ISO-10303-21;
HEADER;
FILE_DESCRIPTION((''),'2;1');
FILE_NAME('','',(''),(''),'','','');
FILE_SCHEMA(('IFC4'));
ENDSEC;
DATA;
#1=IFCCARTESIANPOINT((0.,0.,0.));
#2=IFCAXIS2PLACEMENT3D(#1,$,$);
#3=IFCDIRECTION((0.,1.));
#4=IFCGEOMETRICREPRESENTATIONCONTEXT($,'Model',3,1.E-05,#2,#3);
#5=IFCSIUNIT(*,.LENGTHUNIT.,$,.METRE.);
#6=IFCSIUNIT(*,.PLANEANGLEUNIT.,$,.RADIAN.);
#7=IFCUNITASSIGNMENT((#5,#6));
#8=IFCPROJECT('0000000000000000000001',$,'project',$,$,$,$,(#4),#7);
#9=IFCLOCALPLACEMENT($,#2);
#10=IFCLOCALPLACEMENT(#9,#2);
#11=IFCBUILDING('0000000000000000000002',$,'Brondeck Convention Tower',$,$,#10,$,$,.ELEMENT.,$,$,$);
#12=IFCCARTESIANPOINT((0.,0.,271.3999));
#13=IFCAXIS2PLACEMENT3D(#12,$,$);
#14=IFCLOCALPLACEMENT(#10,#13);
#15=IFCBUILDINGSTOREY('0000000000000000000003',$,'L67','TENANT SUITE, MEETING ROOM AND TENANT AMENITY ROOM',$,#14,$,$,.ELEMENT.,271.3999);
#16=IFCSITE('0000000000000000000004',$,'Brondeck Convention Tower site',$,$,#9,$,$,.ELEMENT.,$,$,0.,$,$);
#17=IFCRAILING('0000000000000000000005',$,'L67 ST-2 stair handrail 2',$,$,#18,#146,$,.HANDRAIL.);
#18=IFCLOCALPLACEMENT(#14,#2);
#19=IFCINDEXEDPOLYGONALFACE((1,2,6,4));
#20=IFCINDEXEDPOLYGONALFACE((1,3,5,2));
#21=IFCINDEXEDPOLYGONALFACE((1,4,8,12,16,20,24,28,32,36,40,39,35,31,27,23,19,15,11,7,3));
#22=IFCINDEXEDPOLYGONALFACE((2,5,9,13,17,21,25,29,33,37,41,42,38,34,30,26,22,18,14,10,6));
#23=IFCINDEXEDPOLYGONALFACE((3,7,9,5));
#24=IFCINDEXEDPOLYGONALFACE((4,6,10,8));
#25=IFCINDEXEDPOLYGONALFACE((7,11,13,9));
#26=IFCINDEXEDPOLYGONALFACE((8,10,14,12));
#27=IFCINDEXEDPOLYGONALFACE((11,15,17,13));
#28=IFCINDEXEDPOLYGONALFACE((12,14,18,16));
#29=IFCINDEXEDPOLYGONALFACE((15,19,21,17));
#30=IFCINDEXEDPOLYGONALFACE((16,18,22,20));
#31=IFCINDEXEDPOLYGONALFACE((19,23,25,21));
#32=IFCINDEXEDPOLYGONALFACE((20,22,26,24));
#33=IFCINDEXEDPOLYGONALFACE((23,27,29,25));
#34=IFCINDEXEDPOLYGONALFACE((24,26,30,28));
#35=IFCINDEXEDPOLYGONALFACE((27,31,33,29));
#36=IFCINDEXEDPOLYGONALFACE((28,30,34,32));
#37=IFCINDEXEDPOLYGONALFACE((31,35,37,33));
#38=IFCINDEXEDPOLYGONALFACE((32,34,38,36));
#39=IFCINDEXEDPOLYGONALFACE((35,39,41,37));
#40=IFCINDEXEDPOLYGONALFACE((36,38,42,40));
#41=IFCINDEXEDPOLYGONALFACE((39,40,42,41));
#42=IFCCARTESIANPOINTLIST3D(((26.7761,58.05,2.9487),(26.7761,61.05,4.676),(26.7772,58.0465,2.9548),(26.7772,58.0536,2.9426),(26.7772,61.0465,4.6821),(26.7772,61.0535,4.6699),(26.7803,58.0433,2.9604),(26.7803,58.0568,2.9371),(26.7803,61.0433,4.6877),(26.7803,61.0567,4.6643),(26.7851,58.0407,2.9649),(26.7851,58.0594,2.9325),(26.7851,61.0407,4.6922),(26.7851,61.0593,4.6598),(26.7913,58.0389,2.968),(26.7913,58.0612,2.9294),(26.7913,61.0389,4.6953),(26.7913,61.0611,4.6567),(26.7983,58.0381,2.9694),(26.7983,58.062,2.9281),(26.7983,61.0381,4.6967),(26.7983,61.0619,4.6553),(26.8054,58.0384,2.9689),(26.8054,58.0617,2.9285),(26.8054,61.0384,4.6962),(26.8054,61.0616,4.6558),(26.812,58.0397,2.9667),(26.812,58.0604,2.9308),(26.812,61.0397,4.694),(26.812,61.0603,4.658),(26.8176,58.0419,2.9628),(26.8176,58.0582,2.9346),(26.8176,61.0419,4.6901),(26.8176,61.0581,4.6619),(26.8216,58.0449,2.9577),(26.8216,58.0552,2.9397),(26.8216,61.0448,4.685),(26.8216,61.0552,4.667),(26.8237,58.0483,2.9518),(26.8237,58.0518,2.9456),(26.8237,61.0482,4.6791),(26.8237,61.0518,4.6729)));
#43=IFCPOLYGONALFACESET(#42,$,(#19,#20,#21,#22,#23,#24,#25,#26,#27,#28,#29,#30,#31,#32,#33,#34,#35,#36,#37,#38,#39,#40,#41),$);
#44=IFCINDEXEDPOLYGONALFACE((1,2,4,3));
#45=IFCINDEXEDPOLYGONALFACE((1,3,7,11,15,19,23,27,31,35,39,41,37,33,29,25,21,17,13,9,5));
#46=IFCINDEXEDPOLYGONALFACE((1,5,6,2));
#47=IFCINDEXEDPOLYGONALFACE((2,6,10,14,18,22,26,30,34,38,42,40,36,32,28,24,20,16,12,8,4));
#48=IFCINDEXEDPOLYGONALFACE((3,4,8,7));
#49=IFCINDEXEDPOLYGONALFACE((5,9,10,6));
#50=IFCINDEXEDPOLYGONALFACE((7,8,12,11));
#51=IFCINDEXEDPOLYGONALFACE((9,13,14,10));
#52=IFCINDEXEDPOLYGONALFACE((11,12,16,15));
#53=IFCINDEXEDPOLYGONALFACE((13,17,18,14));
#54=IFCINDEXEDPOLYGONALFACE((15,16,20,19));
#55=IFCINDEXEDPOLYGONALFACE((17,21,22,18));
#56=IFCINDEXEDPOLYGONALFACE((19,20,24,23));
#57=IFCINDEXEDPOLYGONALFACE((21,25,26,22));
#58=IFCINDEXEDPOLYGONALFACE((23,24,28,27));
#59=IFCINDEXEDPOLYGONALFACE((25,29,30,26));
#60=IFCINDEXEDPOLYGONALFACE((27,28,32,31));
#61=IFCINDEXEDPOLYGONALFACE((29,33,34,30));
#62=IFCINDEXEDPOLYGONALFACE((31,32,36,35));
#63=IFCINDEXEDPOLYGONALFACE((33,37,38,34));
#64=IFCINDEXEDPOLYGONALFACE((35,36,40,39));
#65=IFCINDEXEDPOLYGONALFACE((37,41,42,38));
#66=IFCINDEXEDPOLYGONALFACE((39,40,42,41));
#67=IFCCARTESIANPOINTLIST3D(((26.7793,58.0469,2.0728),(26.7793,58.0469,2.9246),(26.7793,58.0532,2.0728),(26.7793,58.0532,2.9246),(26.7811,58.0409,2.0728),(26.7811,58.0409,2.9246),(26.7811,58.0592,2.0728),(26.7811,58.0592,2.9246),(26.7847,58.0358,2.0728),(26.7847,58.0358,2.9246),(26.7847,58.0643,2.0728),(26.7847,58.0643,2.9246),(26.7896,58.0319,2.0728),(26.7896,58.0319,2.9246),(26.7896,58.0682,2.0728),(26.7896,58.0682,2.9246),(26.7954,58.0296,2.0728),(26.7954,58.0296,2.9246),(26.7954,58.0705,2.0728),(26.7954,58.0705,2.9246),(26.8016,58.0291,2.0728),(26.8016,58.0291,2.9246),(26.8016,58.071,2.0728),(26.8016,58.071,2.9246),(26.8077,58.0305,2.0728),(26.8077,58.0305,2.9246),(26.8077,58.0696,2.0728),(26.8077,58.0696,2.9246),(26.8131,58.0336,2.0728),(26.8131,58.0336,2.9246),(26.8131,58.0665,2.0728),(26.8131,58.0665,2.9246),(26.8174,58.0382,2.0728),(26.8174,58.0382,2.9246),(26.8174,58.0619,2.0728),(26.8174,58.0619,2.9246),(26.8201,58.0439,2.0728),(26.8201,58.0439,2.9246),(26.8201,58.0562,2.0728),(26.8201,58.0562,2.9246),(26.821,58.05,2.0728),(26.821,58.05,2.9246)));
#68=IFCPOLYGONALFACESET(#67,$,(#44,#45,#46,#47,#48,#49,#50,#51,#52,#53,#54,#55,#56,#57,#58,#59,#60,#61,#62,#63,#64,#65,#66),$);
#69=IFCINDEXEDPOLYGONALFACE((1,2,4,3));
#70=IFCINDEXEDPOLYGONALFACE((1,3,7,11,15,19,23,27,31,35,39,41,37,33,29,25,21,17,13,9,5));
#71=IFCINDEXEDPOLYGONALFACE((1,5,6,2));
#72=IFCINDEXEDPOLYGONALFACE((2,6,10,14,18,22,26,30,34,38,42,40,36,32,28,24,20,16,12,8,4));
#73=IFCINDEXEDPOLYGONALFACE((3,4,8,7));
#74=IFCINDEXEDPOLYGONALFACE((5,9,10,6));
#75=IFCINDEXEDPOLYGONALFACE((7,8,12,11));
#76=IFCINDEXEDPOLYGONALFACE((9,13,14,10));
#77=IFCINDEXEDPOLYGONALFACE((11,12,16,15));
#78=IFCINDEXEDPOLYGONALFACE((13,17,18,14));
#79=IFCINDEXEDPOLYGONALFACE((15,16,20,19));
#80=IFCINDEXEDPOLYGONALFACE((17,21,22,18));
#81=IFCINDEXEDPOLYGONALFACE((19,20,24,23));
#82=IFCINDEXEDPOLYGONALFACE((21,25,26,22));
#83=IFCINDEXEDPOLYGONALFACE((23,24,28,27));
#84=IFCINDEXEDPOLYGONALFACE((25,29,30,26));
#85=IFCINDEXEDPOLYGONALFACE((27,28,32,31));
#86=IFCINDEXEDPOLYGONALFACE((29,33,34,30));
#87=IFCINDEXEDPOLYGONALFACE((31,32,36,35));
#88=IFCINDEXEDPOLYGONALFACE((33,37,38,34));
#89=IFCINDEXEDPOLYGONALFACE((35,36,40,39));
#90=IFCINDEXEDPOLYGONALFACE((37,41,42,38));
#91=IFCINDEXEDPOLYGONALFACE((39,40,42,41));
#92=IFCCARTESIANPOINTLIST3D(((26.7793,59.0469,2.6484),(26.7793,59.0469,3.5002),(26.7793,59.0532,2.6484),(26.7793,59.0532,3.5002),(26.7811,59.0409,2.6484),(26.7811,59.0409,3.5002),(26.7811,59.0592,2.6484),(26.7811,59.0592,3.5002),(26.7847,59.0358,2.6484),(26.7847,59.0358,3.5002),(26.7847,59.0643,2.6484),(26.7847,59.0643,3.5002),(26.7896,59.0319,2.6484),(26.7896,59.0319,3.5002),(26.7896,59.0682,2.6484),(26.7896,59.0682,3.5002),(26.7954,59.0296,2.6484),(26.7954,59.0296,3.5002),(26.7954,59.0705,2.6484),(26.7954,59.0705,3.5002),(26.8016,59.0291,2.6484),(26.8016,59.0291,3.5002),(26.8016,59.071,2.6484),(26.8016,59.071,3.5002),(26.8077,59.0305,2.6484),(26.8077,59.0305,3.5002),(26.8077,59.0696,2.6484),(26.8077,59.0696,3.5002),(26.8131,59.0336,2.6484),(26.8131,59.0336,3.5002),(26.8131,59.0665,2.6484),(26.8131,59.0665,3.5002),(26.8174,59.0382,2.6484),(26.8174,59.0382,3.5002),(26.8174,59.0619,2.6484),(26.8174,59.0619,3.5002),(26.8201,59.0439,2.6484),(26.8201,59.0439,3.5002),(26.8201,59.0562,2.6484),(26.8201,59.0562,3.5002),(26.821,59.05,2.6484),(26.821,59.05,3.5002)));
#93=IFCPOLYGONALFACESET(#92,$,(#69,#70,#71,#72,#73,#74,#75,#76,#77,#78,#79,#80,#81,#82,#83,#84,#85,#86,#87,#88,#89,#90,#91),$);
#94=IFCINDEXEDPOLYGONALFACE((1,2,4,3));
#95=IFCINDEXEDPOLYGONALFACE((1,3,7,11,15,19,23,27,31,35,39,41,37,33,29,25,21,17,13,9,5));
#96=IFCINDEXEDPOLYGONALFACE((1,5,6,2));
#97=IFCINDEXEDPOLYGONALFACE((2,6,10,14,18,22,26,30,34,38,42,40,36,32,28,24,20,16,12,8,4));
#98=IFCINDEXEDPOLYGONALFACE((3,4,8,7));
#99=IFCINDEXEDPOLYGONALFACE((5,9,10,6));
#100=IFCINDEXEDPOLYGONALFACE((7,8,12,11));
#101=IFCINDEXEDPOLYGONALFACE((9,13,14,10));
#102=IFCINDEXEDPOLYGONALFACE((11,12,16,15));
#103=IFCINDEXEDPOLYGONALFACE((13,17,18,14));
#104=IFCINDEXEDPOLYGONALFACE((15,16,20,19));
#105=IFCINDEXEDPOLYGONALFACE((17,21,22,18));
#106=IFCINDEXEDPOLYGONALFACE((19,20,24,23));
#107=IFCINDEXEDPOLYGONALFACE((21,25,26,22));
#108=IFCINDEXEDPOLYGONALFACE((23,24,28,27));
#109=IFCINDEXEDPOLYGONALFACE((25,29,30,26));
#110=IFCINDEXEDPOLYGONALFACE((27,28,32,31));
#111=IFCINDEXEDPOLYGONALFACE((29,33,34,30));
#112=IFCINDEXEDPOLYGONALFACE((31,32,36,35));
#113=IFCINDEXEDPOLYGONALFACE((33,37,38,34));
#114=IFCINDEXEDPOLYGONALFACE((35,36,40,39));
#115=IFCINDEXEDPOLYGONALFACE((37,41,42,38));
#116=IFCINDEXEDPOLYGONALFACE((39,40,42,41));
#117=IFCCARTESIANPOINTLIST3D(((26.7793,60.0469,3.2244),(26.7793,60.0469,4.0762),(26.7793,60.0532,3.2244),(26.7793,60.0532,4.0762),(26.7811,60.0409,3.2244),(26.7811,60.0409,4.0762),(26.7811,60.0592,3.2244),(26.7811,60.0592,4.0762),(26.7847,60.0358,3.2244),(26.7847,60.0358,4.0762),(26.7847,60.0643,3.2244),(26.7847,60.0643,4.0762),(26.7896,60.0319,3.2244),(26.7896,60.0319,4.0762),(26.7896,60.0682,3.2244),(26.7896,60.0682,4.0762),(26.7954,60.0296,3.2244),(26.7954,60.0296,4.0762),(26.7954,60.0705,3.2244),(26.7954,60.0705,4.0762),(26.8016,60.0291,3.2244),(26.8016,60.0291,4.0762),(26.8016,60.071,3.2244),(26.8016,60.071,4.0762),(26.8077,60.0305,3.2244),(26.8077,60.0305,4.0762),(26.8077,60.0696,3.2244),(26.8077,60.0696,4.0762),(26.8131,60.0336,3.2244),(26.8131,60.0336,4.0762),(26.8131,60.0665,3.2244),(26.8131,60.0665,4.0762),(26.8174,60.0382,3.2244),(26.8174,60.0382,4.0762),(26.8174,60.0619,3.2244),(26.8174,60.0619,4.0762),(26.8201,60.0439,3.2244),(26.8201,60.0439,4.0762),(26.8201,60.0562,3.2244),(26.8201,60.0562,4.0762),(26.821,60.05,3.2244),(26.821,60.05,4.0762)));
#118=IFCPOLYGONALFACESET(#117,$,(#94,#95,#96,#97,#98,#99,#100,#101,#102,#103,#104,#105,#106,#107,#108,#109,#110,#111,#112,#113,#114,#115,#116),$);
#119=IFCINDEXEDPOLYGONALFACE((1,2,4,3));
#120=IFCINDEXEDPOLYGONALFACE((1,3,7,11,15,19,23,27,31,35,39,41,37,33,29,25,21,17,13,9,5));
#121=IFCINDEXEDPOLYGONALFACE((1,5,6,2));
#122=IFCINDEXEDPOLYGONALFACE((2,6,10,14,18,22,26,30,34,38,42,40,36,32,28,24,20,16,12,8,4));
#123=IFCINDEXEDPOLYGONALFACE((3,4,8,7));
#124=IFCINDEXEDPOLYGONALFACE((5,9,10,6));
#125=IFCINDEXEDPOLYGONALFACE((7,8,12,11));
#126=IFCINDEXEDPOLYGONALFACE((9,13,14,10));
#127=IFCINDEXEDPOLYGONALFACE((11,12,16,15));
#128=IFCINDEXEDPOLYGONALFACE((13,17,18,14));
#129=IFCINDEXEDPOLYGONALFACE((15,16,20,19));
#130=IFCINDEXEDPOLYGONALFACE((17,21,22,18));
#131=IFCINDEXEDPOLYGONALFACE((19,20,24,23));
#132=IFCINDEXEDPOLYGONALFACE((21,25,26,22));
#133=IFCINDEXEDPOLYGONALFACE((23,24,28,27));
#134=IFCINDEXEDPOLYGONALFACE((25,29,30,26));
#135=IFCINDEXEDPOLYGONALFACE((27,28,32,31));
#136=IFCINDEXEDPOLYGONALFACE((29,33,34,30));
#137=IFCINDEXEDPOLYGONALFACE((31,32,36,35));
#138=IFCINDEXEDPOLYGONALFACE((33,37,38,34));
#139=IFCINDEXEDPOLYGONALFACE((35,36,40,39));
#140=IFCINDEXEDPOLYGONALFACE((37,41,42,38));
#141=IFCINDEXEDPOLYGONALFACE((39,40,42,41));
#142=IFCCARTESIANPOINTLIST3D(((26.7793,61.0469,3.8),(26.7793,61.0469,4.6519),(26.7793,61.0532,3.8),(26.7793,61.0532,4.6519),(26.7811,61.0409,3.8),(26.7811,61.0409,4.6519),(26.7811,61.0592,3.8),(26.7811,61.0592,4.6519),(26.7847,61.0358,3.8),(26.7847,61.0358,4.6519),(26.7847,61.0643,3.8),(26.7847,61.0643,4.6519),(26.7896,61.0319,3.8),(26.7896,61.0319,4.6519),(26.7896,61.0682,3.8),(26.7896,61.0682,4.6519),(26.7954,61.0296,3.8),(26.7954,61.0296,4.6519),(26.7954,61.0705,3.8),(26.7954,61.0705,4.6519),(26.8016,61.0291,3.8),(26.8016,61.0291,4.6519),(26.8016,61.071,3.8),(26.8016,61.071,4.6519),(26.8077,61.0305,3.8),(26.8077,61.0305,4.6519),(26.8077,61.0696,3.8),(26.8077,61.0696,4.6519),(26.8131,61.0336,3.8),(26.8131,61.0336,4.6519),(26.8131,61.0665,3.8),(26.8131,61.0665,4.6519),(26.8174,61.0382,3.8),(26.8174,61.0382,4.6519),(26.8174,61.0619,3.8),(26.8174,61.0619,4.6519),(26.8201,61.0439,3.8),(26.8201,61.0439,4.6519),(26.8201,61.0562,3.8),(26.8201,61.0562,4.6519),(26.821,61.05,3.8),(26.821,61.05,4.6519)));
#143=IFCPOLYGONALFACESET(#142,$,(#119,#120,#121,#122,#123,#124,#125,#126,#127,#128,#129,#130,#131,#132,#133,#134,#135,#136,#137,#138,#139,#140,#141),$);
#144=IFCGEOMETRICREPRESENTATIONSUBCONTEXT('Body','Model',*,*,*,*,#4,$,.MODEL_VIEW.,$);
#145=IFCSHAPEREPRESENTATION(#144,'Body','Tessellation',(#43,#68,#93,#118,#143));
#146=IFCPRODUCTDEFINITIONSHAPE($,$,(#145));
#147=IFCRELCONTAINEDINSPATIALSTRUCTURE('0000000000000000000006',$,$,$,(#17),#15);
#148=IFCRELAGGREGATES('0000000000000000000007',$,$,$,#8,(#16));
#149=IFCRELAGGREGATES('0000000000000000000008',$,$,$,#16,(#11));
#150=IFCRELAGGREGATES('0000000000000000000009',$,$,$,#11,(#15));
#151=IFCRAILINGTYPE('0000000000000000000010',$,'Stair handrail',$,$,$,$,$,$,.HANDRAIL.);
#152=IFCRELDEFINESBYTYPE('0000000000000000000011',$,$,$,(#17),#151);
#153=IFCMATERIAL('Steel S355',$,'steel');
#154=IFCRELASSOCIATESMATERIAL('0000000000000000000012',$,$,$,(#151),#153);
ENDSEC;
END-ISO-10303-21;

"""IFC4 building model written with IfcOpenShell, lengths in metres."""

from ifc_helpers import new_model, si_unit, direction, frame, origin, origin_2d, place, context, subcontext, project, spatial, circle, extrude, material, type_object, element, save


model = new_model("IFC4")

# Units and contexts
model_context = context("Model", 3, precision=1e-05, world=origin(), true_north=direction((0.0, 1.0)))
body_context = subcontext(model_context, "Body", "Model", "MODEL_VIEW")
ifc_project = project(units=[si_unit("LENGTHUNIT", "METRE"), si_unit("PLANEANGLEUNIT", "RADIAN")], contexts=[model_context])

# Site, building, storey
site_placement = place(None, origin())
site = spatial("IfcSite", under=ifc_project, at=site_placement, Name="Brondeck Convention Tower site", CompositionType="ELEMENT", RefElevation=0.0)
building_placement = place(site_placement, origin())
building = spatial("IfcBuilding", under=site, at=building_placement, Name="Brondeck Convention Tower", CompositionType="ELEMENT")
storey_placement = place(building_placement, frame((0.0, 0.0, 271.3999)))
storey = spatial("IfcBuildingStorey", under=building, at=storey_placement, Name="L67", Description="TENANT SUITE, MEETING ROOM AND TENANT AMENITY ROOM", CompositionType="ELEMENT", Elevation=271.3999)

# Railing
ifc_material_1 = material(Name="Steel S355", Category="steel")
railing_type = type_object("IfcRailingType", Name="Stair handrail", PredefinedType="HANDRAIL", material=ifc_material_1)
railing_placement = place(storey_placement, frame((26.8, 58.05, 2.0728)))
element("IfcRailing", 1, at=railing_placement, inside=storey, type_object=railing_type, Name="L67 ST-2 stair handrail 2", PredefinedType="HANDRAIL", context=body_context, shape_type="SweptSolid", body=[
    extrude(circle(Radius=0.0239, at=origin_2d()), frame((0.0, 0.0, 0.876), z_axis=(0.0, 0.86662, 0.498969), x_axis=(-1.0, 0.0, 0.0)), (0.0, 0.0, 1.0), 3.4617),
    extrude(circle(Radius=0.021, at=origin_2d()), origin(), (0.0, 0.0, 1.0), 0.8518),
    extrude(circle(Radius=0.021, at=origin_2d()), frame((0.0, 1.0, 0.5757)), (0.0, 0.0, 1.0), 0.8518),
    extrude(circle(Radius=0.021, at=origin_2d()), frame((0.0, 2.0, 1.1516)), (0.0, 0.0, 1.0), 0.8518),
    extrude(circle(Radius=0.021, at=origin_2d()), frame((0.0, 3.0, 1.7273)), (0.0, 0.0, 1.0), 0.8518),
])

save(model, "model.ifc")
